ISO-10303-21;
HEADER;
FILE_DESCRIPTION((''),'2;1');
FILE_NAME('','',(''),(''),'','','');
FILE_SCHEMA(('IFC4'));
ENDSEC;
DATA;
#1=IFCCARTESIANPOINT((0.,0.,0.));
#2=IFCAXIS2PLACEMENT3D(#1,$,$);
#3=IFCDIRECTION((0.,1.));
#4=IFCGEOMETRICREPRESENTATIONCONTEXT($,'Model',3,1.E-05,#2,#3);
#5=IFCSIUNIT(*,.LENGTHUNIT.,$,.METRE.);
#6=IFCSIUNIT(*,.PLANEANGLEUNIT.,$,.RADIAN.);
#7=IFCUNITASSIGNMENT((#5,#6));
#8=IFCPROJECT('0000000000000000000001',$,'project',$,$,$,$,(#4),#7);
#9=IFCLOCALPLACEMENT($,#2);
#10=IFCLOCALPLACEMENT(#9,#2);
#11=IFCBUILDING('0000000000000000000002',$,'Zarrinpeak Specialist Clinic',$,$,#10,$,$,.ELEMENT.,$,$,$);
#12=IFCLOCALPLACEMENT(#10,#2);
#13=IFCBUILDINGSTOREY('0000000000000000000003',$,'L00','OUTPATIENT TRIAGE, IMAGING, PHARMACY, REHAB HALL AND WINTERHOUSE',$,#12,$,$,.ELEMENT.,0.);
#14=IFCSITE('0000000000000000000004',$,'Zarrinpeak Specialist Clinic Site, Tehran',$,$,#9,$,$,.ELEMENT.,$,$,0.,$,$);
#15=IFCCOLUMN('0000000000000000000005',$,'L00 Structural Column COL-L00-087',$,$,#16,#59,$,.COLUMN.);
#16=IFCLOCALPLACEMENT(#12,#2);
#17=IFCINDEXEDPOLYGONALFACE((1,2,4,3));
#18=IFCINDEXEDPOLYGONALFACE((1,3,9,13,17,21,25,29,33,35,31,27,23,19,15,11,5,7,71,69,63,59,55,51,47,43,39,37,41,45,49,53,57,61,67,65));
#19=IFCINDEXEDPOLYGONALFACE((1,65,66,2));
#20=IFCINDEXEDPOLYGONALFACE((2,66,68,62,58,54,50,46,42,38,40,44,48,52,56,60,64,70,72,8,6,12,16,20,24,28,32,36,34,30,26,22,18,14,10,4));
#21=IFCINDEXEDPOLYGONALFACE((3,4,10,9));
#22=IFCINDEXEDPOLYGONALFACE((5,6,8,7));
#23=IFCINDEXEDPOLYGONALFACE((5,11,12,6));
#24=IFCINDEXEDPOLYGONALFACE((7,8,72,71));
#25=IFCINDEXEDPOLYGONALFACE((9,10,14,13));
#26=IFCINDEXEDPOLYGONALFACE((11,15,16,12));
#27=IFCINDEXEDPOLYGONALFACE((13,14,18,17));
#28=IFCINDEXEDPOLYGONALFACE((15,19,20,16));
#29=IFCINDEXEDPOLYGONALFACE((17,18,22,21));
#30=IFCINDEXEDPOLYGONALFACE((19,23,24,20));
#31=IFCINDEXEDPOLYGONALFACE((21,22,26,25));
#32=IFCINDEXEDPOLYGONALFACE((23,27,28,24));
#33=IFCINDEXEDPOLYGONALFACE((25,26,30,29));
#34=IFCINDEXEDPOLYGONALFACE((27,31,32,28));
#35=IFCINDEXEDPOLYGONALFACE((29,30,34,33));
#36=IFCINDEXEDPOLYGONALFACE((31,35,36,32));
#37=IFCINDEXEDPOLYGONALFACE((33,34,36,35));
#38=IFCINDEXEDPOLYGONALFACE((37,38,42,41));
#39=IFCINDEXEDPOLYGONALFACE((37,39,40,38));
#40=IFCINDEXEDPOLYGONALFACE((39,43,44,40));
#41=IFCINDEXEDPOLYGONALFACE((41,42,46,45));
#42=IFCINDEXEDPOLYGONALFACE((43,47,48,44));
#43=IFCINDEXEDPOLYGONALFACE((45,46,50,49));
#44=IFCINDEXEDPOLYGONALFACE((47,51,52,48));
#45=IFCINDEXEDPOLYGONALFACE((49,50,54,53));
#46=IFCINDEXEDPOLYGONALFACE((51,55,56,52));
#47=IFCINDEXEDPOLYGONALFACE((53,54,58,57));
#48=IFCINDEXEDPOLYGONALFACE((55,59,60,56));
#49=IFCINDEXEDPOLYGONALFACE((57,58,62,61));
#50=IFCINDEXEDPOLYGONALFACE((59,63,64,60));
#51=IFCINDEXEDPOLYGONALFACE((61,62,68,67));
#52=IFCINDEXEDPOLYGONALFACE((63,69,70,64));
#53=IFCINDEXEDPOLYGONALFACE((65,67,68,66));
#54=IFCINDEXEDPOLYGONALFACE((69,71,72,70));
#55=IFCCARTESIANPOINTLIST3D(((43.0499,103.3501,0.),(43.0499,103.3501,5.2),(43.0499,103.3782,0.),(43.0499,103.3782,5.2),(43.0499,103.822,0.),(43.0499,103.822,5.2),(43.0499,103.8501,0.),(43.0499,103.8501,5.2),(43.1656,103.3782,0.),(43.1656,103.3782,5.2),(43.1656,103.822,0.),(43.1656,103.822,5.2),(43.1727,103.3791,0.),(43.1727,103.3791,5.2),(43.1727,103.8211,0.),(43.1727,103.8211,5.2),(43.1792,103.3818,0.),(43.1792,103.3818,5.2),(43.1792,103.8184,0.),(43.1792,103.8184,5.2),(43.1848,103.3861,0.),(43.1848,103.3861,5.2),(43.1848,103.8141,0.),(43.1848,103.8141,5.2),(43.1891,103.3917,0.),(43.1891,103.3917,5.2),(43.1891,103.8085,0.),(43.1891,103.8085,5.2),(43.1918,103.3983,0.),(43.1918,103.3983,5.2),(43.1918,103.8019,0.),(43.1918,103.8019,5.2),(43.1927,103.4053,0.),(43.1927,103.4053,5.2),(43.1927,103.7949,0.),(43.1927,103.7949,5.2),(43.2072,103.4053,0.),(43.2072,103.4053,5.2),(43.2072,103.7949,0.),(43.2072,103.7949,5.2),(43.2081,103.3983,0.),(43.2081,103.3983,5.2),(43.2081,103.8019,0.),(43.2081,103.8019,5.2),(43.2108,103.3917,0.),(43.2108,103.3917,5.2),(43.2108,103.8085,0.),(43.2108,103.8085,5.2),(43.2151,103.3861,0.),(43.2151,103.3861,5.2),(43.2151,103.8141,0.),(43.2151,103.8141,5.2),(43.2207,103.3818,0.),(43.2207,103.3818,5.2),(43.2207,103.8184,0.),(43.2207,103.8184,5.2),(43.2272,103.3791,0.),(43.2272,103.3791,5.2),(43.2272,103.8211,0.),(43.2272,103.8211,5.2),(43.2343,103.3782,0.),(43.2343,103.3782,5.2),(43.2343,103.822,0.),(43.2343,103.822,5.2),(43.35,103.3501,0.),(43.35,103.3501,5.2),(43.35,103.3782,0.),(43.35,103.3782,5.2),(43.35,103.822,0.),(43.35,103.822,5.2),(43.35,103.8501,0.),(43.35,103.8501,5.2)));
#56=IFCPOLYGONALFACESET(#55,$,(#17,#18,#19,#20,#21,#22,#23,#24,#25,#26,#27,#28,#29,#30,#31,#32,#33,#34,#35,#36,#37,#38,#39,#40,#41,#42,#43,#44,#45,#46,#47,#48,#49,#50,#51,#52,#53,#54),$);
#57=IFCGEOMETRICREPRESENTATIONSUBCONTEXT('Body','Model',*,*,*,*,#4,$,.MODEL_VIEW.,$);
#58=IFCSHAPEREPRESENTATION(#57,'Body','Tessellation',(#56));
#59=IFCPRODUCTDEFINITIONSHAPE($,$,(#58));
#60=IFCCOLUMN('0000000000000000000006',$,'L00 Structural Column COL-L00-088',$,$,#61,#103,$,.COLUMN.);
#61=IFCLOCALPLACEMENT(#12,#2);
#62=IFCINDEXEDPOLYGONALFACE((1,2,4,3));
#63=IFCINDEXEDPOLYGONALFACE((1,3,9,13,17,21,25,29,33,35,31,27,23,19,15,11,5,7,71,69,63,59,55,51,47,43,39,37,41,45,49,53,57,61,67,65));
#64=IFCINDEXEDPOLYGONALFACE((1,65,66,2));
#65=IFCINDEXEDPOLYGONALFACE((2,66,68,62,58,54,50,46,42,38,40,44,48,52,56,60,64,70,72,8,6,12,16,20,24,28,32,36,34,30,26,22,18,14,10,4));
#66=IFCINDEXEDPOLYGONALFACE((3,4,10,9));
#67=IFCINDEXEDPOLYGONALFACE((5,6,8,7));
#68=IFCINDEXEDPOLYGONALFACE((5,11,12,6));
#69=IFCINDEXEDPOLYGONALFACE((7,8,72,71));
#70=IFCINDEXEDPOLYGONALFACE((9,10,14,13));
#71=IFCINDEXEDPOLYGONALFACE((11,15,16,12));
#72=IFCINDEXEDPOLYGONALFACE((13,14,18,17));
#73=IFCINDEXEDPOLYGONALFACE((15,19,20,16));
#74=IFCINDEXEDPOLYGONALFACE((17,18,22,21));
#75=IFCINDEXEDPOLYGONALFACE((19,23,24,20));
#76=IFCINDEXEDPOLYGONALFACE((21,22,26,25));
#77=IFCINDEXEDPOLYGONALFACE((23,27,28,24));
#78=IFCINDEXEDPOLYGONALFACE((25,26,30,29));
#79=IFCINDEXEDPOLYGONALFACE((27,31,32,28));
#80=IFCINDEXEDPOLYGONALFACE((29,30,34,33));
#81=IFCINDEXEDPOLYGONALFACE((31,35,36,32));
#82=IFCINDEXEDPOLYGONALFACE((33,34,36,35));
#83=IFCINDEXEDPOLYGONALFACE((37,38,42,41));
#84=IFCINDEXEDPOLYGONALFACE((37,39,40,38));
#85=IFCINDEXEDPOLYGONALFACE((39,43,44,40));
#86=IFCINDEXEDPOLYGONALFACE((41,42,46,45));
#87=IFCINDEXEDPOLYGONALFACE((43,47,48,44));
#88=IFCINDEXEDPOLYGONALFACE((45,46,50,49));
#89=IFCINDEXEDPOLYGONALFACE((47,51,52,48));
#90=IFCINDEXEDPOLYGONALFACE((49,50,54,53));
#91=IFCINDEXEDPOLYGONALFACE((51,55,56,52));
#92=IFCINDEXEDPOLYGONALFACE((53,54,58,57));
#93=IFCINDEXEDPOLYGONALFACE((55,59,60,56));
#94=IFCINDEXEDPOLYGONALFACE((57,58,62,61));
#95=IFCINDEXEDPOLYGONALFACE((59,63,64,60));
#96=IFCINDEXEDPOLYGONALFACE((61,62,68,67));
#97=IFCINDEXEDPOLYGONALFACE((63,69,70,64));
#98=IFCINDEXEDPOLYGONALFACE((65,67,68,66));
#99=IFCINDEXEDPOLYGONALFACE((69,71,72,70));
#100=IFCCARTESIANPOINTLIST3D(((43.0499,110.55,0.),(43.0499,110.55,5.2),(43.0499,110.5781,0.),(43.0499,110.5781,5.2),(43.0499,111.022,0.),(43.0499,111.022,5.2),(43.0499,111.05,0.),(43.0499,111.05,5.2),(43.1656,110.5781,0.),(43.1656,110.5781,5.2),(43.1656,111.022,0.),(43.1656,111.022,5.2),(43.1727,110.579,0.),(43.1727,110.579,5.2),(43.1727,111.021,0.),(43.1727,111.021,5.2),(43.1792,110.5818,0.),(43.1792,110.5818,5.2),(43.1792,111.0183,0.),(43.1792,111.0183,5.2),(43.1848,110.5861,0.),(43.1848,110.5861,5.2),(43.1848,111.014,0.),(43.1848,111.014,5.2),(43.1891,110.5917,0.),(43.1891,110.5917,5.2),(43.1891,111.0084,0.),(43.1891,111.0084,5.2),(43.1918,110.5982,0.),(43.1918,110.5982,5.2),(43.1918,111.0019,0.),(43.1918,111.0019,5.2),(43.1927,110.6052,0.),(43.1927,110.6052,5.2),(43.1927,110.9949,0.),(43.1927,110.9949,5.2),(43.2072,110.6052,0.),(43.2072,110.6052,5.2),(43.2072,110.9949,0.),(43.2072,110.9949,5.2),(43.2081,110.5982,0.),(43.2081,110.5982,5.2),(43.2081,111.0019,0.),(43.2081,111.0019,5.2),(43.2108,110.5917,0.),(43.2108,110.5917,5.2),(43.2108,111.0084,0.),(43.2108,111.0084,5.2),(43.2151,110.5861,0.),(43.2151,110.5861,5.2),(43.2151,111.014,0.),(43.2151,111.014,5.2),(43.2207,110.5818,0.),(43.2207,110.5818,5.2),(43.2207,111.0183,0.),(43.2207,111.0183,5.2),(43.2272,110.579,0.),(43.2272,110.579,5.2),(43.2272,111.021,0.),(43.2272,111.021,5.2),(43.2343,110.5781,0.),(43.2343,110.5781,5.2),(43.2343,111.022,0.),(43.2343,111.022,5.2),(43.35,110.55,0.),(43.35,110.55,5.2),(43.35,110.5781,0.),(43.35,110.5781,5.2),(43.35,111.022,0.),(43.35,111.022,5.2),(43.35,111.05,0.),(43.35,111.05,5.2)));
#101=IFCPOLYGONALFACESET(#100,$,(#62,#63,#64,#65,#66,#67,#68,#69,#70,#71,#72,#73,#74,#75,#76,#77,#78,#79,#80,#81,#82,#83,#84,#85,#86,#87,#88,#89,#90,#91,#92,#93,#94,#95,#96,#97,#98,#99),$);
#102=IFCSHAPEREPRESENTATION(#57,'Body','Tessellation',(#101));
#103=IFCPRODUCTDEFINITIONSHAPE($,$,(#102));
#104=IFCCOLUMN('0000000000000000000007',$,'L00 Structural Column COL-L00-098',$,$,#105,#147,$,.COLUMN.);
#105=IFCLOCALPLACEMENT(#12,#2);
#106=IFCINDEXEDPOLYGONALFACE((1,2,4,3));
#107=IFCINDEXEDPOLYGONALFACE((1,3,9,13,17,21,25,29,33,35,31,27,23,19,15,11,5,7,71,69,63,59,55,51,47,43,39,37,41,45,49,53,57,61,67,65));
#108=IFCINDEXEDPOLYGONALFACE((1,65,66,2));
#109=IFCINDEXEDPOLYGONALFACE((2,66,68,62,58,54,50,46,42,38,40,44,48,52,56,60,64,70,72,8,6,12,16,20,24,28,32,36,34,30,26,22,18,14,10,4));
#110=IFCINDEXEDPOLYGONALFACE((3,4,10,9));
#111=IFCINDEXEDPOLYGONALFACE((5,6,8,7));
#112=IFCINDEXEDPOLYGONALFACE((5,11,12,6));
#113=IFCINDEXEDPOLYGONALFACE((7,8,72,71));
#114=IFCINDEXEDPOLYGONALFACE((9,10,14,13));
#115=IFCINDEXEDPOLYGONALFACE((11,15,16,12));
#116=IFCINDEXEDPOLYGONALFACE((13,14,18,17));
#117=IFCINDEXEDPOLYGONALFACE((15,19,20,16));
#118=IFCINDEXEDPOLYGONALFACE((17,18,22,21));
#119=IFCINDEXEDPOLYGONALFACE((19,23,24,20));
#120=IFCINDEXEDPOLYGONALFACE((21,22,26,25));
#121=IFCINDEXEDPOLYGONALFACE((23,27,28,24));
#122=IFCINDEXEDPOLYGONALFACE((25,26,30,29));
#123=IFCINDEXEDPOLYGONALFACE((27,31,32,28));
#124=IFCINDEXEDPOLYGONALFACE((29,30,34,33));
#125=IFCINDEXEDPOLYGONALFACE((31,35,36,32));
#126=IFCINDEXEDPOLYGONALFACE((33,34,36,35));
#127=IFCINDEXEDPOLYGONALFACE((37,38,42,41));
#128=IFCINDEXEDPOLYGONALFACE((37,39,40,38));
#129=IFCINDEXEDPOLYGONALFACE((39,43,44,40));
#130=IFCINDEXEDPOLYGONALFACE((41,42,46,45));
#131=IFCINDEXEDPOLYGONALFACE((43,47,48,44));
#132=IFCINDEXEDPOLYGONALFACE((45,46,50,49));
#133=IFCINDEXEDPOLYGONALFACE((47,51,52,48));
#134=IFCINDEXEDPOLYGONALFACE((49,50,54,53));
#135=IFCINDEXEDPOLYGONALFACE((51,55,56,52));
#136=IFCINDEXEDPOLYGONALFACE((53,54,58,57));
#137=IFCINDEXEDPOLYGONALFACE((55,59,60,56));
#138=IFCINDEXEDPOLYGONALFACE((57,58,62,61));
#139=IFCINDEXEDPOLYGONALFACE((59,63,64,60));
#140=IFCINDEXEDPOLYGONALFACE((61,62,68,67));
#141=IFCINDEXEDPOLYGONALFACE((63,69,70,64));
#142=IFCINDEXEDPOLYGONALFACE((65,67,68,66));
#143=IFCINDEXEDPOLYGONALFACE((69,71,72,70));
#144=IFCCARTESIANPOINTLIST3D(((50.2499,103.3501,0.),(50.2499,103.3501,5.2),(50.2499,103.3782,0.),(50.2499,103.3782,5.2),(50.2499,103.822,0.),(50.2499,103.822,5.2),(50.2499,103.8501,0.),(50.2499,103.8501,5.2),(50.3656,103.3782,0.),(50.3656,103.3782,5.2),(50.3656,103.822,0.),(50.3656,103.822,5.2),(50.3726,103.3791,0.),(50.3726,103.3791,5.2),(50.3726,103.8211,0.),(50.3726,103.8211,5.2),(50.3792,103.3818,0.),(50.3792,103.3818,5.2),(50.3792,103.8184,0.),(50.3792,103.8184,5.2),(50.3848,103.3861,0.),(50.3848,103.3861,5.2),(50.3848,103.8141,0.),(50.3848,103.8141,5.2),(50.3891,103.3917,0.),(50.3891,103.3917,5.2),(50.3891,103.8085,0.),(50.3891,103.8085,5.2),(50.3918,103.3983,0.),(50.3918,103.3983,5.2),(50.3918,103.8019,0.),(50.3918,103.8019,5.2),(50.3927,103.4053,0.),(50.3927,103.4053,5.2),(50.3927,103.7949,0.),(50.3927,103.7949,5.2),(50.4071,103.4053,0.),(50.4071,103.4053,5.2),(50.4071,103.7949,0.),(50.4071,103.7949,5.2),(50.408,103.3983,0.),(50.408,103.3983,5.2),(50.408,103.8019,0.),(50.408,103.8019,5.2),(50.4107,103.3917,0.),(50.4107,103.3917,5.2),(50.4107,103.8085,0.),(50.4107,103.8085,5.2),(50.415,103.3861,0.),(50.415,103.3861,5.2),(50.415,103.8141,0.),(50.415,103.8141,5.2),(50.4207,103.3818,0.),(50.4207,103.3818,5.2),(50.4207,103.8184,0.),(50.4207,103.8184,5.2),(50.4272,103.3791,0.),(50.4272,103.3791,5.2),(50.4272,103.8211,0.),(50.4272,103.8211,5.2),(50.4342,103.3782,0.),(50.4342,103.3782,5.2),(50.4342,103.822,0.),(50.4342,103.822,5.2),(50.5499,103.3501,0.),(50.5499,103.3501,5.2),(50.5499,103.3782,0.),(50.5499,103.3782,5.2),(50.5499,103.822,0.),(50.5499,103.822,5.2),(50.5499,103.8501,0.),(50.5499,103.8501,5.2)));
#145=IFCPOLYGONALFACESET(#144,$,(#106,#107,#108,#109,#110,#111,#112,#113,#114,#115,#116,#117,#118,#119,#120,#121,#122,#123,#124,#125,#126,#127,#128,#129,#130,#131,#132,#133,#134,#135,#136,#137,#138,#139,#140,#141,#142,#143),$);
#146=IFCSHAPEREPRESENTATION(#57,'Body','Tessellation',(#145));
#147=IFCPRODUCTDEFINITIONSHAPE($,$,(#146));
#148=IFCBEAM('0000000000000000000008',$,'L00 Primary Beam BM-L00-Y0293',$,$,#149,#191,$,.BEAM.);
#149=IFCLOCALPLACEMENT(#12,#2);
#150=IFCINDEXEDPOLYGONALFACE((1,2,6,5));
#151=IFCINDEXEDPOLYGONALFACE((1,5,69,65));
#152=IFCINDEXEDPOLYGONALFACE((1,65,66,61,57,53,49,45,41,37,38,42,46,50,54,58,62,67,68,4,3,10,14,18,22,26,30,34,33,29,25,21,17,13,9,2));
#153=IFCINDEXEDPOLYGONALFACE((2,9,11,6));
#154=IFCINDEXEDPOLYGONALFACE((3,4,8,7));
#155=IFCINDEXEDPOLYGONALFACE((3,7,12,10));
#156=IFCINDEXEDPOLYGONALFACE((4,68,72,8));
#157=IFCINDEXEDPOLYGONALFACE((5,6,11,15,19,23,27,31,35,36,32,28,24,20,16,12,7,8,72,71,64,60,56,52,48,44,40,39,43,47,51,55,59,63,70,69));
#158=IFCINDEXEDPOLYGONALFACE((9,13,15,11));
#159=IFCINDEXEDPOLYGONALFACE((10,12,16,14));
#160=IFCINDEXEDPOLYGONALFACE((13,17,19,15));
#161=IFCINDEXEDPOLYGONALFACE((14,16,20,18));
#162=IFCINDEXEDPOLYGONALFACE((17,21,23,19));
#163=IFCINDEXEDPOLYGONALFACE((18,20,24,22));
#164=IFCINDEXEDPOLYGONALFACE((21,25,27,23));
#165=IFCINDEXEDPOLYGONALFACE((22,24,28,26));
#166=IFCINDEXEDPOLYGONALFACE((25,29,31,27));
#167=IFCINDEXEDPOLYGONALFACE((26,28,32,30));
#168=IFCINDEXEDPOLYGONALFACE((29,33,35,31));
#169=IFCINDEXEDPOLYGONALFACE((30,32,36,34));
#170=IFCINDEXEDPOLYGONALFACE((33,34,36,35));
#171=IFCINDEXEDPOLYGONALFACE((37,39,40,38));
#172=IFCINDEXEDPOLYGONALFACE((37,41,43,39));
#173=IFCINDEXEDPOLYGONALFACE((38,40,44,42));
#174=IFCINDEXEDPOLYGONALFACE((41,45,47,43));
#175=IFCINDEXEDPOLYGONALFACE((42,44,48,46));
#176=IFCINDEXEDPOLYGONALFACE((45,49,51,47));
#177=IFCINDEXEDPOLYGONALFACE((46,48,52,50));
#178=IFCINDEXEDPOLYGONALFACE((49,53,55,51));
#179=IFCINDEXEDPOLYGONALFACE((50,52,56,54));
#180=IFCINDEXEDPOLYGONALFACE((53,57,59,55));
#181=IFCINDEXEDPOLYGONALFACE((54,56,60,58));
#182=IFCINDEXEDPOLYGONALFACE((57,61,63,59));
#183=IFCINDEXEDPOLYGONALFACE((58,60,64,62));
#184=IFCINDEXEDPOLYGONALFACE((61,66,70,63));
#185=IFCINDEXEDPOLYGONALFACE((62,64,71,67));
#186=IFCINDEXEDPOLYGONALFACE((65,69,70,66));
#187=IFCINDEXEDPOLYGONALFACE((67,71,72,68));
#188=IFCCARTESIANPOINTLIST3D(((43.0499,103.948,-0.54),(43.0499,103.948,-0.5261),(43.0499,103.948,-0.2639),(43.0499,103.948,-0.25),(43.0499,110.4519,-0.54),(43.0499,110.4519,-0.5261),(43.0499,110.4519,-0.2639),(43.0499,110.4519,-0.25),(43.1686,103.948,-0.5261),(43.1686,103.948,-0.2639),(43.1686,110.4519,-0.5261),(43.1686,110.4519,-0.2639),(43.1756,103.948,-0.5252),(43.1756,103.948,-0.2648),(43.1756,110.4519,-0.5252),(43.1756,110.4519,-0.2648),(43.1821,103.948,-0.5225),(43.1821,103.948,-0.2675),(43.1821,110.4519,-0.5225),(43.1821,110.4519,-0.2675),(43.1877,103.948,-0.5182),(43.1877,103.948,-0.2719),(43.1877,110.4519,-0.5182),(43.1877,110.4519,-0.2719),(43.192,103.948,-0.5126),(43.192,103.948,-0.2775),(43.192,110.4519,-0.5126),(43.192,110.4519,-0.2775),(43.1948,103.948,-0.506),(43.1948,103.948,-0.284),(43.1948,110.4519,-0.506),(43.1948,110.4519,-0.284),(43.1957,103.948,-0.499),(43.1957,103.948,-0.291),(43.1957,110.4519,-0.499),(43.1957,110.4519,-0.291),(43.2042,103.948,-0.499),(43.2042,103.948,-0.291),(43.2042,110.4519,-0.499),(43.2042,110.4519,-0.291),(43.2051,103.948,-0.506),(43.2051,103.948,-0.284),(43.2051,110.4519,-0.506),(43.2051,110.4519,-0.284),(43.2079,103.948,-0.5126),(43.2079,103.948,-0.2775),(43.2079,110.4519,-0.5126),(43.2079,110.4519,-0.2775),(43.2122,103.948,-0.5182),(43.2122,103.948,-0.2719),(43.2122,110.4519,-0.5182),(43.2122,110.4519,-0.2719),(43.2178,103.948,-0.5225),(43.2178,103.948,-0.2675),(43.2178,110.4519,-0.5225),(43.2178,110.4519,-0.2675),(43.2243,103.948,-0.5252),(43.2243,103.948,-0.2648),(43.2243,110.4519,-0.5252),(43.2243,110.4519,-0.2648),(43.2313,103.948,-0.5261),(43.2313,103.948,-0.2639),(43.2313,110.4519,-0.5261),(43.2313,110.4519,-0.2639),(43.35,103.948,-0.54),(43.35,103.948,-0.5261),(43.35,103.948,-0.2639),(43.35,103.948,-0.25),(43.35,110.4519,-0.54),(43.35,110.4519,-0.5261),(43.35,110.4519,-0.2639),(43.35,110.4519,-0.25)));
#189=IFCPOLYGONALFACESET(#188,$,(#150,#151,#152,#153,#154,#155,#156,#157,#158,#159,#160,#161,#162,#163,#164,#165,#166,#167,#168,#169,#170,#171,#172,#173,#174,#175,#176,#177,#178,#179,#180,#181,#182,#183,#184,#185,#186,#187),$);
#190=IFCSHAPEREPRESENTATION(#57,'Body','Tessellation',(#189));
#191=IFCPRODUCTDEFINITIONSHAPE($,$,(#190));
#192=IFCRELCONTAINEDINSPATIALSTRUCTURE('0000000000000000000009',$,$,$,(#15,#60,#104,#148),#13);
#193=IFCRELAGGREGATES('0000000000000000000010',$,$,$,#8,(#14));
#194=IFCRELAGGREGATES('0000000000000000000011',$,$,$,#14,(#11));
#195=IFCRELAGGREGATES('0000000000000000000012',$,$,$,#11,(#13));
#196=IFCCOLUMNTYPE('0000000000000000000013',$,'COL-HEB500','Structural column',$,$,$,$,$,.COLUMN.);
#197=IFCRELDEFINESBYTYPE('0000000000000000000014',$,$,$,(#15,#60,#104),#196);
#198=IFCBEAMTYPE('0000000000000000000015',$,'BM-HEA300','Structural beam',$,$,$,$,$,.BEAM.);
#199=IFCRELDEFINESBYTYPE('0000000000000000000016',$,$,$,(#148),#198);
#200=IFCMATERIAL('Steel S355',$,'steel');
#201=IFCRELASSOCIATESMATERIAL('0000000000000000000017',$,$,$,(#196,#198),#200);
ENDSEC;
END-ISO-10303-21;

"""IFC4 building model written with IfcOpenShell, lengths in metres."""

from ifc_helpers import new_model, si_unit, direction, frame, origin, origin_2d, place, context, subcontext, project, spatial, i_section, extrude, material, material_profile, profile_set, type_object, element, save


model = new_model("IFC4")

# Units and contexts
model_context = context("Model", 3, precision=1e-05, world=origin(), true_north=direction((0.0, 1.0)))
body_context = subcontext(model_context, "Body", "Model", "MODEL_VIEW")
ifc_project = project(units=[si_unit("LENGTHUNIT", "METRE"), si_unit("PLANEANGLEUNIT", "RADIAN")], contexts=[model_context])

# Site, building, storey
site_placement = place(None, origin())
site = spatial("IfcSite", under=ifc_project, at=site_placement, Name="Zarrinpeak Specialist Clinic Site, Tehran", CompositionType="ELEMENT", RefElevation=0.0)
building_placement = place(site_placement, origin())
building = spatial("IfcBuilding", under=site, at=building_placement, Name="Zarrinpeak Specialist Clinic", CompositionType="ELEMENT")
storey_placement = place(building_placement, origin())
storey = spatial("IfcBuildingStorey", under=building, at=storey_placement, Name="L00", Description="OUTPATIENT TRIAGE, IMAGING, PHARMACY, REHAB HALL AND WINTERHOUSE", CompositionType="ELEMENT", Elevation=0.0)

# Columns
ifc_material_1 = material(Name="Steel S355", Category="steel")
ifc_material_profile_1 = material_profile(ifc_material_1, i_section(OverallWidth=0.3, OverallDepth=0.5, WebThickness=0.0144, FlangeThickness=0.0281, FilletRadius=0.0271, at=origin_2d()), Name="HEB 500")
ifc_profile_set_1 = profile_set([ifc_material_profile_1], Name="Steel S355")
column_type = type_object("IfcColumnType", Name="COL-HEB500", Description="Structural column", PredefinedType="COLUMN", material=ifc_profile_set_1)
for number, where, z_axis, x_axis, name in (
    (1, (43.2, 103.6001, 0.0), (0.0, 0.0, 1.0), (1.0, 0.0, 0.0), "L00 Structural Column COL-L00-087"),
    (2, (43.2, 110.8, 0.0), (0.0, 0.0, 1.0), (1.0, 0.0, 0.0), "L00 Structural Column COL-L00-088"),
    (3, (50.3999, 103.6001, 0.0), (0.0, 0.0, 1.0), (1.0, 0.0, 0.0), "L00 Structural Column COL-L00-098"),
):
    element("IfcColumn", number, at=place(storey_placement, frame(where, z_axis=z_axis, x_axis=x_axis)), inside=storey, type_object=column_type, Name=name, PredefinedType="COLUMN", context=body_context, shape_type="SweptSolid", body=[
        extrude(i_section(OverallWidth=0.3, OverallDepth=0.5, WebThickness=0.0144, FlangeThickness=0.0281, FilletRadius=0.0271, at=origin_2d()), origin(), (0.0, 0.0, 1.0), 5.2),
    ])

# Beam
ifc_material_profile_2 = material_profile(ifc_material_1, i_section(OverallWidth=0.3, OverallDepth=0.29, WebThickness=0.0085, FlangeThickness=0.0139, FilletRadius=0.0271, at=origin_2d()), Name="HEA 300")
ifc_profile_set_2 = profile_set([ifc_material_profile_2], Name="Steel S355")
beam_type_1 = type_object("IfcBeamType", Name="BM-HEA300", Description="Structural beam", PredefinedType="BEAM", material=ifc_profile_set_2)
for number, where, z_axis, x_axis, name in (
    (4, (43.2, 103.948, -0.395), (0.0, 1.0, 0.0), (-1.0, 0.0, 0.0), "L00 Primary Beam BM-L00-Y0293"),
):
    element("IfcBeam", number, at=place(storey_placement, frame(where, z_axis=z_axis, x_axis=x_axis)), inside=storey, type_object=beam_type_1, Name=name, PredefinedType="BEAM", context=body_context, shape_type="SweptSolid", body=[
        extrude(i_section(OverallWidth=0.3, OverallDepth=0.29, WebThickness=0.0085, FlangeThickness=0.0139, FilletRadius=0.0271, at=origin_2d()), origin(), (0.0, 0.0, 1.0), 6.5039),
    ])

save(model, "model.ifc")
